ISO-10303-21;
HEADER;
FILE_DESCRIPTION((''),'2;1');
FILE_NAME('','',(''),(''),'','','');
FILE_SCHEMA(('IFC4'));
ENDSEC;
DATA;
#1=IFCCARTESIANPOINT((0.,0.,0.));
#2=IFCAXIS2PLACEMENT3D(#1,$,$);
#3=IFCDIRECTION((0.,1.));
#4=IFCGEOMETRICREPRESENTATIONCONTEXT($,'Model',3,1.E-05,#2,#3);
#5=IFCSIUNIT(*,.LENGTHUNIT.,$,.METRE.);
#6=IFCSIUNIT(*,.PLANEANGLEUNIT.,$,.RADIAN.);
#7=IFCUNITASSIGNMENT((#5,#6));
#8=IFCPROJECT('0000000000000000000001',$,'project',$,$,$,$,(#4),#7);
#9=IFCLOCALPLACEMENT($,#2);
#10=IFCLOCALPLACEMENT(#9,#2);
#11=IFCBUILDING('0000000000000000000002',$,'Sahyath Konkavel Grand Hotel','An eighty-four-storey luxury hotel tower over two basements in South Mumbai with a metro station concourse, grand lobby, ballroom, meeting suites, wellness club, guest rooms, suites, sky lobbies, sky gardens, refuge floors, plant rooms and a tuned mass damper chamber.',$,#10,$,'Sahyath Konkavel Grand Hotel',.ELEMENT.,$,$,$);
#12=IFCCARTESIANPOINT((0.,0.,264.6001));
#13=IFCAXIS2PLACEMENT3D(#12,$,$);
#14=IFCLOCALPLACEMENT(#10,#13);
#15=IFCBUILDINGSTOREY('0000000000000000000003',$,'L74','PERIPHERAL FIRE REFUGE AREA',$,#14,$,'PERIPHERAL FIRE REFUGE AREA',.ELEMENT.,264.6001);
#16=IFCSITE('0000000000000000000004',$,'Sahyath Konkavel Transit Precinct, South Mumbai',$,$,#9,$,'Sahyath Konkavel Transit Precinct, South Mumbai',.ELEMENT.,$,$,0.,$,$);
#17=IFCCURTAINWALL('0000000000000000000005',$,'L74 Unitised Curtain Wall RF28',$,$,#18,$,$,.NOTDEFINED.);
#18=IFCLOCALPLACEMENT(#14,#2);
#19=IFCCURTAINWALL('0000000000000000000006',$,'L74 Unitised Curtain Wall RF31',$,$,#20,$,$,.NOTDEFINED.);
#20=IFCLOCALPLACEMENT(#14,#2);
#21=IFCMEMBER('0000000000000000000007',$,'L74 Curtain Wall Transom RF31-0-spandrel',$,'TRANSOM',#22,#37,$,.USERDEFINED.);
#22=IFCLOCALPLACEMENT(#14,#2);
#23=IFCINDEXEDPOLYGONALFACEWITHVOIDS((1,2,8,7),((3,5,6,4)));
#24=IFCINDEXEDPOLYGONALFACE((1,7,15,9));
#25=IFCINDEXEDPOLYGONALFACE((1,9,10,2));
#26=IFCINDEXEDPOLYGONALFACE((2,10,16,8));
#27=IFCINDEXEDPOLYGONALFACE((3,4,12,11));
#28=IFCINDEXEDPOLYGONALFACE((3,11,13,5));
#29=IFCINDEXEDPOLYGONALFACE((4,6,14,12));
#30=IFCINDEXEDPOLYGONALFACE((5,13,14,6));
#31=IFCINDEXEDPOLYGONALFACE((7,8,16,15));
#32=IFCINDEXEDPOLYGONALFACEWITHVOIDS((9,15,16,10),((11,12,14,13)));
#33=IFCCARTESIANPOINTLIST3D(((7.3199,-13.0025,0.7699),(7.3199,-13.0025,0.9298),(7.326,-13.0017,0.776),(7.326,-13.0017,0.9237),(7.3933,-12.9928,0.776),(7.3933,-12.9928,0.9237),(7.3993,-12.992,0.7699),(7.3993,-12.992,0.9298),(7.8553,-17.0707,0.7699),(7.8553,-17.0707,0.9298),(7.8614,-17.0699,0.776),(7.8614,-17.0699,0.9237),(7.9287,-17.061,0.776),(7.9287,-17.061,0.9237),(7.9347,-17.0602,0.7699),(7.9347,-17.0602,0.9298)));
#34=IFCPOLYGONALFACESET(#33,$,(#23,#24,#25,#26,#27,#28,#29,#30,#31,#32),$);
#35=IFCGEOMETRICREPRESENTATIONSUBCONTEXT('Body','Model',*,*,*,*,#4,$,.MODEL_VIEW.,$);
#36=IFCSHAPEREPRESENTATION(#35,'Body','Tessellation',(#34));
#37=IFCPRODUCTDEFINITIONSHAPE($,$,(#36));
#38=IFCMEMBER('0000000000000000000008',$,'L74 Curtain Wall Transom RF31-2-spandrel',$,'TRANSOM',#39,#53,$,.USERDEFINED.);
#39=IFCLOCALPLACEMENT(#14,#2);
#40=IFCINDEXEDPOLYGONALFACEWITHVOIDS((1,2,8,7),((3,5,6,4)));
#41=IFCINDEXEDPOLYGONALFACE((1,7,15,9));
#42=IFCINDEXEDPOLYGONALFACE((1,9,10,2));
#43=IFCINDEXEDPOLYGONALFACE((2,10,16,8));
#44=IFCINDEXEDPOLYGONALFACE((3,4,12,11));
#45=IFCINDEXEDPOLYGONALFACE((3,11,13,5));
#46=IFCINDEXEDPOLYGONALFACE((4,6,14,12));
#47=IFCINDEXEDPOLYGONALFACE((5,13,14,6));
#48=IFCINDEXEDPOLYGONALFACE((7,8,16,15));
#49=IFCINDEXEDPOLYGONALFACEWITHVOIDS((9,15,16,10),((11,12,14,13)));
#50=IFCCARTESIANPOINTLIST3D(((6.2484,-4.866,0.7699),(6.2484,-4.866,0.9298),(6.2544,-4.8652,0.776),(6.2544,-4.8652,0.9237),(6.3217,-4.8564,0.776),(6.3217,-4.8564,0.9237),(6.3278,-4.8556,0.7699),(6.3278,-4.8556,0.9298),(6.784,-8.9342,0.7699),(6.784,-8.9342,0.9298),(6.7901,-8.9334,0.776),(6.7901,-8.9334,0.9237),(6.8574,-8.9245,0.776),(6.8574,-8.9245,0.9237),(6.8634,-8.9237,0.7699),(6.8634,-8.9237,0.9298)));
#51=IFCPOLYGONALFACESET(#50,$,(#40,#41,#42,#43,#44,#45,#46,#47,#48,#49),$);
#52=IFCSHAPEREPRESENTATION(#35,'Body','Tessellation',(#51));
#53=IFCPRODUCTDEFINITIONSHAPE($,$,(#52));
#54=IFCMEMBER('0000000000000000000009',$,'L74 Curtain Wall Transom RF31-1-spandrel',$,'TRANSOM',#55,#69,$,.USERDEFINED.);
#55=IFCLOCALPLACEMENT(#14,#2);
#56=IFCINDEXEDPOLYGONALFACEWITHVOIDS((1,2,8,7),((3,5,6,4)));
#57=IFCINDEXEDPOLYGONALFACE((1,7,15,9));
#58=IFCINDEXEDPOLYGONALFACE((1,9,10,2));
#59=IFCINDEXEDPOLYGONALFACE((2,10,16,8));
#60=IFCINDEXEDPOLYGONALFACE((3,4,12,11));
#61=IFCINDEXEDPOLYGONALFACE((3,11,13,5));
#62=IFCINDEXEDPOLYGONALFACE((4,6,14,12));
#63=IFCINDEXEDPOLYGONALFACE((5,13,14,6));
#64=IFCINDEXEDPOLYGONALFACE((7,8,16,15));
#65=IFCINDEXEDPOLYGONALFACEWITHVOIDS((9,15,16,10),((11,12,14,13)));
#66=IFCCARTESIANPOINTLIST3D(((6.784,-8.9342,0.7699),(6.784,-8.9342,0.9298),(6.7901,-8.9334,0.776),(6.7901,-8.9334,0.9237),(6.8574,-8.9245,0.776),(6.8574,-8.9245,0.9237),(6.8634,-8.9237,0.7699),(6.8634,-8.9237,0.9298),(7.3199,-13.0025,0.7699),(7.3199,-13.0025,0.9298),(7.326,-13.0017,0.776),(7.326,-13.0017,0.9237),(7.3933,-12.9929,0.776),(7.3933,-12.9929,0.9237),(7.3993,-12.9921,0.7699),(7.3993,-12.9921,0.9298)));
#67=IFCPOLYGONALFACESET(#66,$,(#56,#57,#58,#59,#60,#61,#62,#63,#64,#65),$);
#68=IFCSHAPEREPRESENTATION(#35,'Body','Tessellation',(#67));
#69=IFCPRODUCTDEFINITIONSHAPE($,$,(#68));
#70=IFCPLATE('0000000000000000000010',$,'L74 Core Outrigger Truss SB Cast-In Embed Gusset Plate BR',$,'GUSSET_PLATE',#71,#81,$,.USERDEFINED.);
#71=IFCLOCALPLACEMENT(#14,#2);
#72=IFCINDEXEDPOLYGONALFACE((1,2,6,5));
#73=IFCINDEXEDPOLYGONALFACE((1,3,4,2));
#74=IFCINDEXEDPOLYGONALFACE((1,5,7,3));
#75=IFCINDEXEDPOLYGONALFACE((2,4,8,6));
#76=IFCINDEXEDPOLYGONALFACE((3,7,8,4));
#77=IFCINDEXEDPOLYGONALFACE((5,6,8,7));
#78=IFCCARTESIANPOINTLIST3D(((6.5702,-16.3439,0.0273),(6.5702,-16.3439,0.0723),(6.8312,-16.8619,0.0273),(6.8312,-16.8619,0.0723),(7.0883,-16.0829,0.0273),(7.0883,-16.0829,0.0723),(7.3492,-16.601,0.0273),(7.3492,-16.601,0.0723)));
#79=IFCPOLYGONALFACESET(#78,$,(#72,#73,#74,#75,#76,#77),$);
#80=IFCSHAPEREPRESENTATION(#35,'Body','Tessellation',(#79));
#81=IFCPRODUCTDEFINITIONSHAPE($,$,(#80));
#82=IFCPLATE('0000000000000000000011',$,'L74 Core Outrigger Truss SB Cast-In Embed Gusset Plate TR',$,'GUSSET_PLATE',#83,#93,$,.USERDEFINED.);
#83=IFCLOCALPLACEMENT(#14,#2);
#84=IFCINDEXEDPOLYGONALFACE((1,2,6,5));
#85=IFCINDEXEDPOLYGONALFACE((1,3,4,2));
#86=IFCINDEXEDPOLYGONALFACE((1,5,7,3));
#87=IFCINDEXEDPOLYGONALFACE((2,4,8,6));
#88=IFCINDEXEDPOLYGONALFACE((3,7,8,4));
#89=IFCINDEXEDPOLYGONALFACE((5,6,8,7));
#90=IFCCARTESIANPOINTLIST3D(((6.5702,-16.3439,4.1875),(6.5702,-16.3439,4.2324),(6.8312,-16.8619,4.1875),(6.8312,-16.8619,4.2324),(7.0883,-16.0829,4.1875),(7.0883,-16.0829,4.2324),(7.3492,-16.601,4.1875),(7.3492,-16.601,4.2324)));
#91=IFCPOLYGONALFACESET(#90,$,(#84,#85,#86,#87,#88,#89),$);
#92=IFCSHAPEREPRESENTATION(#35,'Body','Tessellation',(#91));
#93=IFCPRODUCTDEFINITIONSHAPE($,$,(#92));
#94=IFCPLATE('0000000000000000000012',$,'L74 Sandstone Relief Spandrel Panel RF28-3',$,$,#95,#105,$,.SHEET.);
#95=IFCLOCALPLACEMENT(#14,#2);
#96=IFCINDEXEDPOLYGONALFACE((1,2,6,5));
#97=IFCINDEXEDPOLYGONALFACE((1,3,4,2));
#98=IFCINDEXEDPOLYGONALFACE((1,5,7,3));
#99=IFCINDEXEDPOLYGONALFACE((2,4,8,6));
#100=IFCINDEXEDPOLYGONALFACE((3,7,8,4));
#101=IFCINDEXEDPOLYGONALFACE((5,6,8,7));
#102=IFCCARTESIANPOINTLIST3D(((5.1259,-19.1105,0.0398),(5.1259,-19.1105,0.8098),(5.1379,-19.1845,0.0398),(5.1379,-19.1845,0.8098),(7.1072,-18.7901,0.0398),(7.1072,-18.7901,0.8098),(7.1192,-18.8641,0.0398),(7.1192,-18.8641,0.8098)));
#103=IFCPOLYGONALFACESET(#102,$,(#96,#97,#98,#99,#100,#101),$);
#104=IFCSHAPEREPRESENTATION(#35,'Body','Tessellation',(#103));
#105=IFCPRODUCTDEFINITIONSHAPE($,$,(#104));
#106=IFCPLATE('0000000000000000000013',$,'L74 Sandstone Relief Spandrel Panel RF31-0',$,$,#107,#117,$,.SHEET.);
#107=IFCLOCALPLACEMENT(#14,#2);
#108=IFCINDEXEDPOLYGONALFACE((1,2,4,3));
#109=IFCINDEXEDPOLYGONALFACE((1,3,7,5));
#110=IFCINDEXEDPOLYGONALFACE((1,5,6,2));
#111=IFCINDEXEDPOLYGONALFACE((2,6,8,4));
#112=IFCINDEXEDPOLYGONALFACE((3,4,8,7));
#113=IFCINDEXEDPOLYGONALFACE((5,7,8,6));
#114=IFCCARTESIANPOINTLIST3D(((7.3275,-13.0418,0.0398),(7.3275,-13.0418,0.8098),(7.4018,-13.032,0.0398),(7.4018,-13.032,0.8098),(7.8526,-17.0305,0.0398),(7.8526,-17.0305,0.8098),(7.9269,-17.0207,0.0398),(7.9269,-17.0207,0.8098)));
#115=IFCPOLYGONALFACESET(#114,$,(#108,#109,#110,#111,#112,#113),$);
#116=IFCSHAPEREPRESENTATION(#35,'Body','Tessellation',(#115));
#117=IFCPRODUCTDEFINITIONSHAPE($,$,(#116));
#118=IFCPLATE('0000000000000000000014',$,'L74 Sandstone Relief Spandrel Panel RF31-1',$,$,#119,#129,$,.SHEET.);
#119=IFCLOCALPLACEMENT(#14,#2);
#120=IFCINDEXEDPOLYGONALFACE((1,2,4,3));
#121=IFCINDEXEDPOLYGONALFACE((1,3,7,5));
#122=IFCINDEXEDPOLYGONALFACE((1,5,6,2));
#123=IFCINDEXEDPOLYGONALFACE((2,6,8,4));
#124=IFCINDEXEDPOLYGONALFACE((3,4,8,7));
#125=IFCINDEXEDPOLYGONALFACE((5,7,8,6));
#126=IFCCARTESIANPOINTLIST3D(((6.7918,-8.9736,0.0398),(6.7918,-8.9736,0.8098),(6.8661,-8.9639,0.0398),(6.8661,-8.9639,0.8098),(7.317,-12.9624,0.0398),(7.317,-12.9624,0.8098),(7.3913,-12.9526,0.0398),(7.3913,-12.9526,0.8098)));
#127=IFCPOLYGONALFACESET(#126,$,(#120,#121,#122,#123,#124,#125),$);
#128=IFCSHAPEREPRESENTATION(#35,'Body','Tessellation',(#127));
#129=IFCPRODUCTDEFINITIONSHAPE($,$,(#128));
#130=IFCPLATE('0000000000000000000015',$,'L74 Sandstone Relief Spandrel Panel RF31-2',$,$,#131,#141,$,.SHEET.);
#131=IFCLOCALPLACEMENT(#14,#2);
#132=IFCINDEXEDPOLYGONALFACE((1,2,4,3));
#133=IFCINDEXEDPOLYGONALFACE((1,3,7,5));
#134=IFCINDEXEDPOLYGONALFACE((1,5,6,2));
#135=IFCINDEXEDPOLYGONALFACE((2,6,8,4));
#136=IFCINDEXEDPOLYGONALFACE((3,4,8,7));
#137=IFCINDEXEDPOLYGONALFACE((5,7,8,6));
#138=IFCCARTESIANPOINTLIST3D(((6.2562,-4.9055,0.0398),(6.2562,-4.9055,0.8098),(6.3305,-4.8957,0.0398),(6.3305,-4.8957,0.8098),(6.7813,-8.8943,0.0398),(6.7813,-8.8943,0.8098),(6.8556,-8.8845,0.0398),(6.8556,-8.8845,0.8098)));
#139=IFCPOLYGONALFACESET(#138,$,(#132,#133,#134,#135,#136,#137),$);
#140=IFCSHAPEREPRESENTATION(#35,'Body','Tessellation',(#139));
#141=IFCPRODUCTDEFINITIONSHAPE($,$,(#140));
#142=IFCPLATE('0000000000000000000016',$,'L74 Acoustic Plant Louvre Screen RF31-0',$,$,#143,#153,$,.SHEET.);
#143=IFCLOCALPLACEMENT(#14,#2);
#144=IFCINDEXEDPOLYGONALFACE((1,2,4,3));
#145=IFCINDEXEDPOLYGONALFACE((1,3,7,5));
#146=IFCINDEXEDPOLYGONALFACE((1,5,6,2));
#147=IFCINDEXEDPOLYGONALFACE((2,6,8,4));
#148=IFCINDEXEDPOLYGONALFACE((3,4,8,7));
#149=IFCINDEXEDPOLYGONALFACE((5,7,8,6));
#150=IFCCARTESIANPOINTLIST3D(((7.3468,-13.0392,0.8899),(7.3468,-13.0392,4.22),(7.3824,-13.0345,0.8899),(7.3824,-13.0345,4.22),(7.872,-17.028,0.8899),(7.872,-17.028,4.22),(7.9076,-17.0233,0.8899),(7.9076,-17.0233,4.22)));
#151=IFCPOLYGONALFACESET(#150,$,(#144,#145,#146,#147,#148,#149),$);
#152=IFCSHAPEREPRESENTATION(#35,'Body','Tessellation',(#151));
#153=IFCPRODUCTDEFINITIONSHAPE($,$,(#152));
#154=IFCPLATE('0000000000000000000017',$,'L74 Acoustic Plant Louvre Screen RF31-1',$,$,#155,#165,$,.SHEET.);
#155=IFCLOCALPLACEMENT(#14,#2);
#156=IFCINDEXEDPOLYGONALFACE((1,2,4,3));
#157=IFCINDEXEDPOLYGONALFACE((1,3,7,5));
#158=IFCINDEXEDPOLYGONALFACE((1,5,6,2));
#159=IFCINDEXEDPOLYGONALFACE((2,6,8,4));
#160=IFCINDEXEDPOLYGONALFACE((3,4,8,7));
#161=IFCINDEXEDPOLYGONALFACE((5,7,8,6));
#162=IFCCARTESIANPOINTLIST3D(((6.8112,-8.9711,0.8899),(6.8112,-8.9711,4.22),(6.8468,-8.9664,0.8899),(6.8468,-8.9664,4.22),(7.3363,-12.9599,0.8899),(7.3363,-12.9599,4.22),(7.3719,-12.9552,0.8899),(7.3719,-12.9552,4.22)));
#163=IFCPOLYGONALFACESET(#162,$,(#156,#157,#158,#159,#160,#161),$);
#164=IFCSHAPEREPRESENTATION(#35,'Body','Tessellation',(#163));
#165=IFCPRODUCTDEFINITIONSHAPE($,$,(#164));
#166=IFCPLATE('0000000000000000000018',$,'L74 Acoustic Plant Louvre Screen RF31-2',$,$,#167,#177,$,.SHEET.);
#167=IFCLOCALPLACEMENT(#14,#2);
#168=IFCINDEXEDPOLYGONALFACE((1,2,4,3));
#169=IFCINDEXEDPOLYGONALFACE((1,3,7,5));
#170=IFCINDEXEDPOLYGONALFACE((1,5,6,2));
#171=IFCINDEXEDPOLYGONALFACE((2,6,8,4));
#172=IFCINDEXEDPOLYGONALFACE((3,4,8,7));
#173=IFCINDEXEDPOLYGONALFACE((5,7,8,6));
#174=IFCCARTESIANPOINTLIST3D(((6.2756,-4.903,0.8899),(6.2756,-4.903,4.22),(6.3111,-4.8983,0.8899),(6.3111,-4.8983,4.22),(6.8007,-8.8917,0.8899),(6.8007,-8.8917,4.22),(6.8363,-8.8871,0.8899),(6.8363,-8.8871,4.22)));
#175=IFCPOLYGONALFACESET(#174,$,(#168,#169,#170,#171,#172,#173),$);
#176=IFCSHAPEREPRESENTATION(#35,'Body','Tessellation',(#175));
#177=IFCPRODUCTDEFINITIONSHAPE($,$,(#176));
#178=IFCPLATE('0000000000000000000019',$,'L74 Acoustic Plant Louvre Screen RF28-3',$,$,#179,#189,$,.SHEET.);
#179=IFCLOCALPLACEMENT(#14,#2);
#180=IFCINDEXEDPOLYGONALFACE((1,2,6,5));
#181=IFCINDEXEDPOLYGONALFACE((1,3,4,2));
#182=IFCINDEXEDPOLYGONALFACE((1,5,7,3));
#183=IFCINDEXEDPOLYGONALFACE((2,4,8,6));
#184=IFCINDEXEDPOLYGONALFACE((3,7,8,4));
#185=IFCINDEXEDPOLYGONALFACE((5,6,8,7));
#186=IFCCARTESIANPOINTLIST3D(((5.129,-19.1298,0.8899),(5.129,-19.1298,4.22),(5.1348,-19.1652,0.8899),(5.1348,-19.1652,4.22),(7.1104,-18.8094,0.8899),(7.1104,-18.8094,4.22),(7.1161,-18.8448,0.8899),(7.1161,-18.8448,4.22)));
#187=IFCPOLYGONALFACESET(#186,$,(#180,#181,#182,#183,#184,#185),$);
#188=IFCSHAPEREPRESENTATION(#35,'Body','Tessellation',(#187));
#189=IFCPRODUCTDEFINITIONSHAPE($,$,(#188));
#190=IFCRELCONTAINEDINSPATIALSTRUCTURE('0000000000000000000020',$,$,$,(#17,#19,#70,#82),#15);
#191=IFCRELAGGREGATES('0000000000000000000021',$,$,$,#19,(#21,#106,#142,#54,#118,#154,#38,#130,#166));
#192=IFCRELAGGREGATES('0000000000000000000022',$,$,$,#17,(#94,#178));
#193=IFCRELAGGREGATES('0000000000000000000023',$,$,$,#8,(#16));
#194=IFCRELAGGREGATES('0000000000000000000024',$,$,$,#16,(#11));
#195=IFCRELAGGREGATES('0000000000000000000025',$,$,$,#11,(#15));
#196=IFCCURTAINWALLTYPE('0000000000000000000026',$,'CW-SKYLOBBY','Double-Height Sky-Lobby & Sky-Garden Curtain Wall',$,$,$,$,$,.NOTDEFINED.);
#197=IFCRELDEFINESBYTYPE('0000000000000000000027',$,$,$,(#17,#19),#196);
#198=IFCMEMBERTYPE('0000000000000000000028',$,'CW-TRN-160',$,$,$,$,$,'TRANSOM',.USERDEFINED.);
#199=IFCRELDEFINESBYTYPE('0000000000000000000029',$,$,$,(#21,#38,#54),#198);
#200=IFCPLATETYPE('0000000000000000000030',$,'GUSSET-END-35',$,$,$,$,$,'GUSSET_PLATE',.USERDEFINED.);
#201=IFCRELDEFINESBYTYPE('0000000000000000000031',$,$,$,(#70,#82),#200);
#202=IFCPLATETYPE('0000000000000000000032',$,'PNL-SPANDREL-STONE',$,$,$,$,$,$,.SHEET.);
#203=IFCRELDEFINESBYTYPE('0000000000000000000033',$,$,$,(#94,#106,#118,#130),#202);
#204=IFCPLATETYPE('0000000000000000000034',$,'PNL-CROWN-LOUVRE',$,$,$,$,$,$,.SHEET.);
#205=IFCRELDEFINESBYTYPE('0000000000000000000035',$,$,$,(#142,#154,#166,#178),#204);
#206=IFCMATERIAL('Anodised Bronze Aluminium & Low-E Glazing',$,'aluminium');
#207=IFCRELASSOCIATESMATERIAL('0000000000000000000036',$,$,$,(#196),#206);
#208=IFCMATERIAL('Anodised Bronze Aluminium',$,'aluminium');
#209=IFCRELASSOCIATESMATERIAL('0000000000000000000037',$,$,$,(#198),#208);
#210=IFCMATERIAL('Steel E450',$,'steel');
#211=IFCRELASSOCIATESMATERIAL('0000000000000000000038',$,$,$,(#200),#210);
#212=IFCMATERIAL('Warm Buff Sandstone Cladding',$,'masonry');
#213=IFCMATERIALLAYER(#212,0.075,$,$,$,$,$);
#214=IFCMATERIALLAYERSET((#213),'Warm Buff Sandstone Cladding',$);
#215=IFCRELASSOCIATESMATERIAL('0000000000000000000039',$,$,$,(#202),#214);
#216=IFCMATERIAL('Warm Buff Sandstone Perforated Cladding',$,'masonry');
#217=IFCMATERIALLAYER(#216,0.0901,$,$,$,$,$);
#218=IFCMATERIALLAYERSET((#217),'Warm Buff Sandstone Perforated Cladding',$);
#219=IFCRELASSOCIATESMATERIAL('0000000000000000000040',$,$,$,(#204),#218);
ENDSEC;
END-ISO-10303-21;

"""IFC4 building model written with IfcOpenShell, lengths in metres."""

from ifc_helpers import new_model, si_unit, direction, frame, origin, origin_2d, place, context, subcontext, project, spatial, rectangle, hollow_rectangle, extrude, source, transform, mapped, material, layer, layer_set, material_profile, profile_set, type_object, element, aggregate, save


model = new_model("IFC4")

# Units and contexts
model_context = context("Model", 3, precision=1e-05, world=origin(), true_north=direction((0.0, 1.0)))
body_context = subcontext(model_context, "Body", "Model", "MODEL_VIEW")
ifc_project = project(units=[si_unit("LENGTHUNIT", "METRE"), si_unit("PLANEANGLEUNIT", "RADIAN")], contexts=[model_context])

# Site, building, storey
site_placement = place(None, origin())
site = spatial("IfcSite", under=ifc_project, at=site_placement, Name="Sahyath Konkavel Transit Precinct, South Mumbai", LongName="Sahyath Konkavel Transit Precinct, South Mumbai", CompositionType="ELEMENT", RefElevation=0.0)
building_placement = place(site_placement, origin())
building = spatial("IfcBuilding", under=site, at=building_placement, Name="Sahyath Konkavel Grand Hotel", Description="An eighty-four-storey luxury hotel tower over two basements in South Mumbai with a metro station concourse, grand lobby, ballroom, meeting suites, wellness club, guest rooms, suites, sky lobbies, sky gardens, refuge floors, plant rooms and a tuned mass damper chamber.", LongName="Sahyath Konkavel Grand Hotel", CompositionType="ELEMENT")
storey_placement = place(building_placement, frame((0.0, 0.0, 264.6001)))
storey = spatial("IfcBuildingStorey", under=building, at=storey_placement, Name="L74", Description="PERIPHERAL FIRE REFUGE AREA", LongName="PERIPHERAL FIRE REFUGE AREA", CompositionType="ELEMENT", Elevation=264.6001)

# Shared definitions
ifc_material_1 = material(Name="Steel E450", Category="steel")

# Curtain wall
ifc_material_2 = material(Name="Anodised Bronze Aluminium & Low-E Glazing", Category="aluminium")
curtain_wall_type = type_object("IfcCurtainWallType", Name="CW-SKYLOBBY", Description="Double-Height Sky-Lobby & Sky-Garden Curtain Wall", PredefinedType="NOTDEFINED", material=ifc_material_2)
curtain_wall_1_placement = place(storey_placement, origin())
curtain_wall_1 = element("IfcCurtainWall", 1, at=curtain_wall_1_placement, inside=storey, type_object=curtain_wall_type, Name="L74 Unitised Curtain Wall RF28", PredefinedType="NOTDEFINED")
ifc_material_3 = material(Name="Anodised Bronze Aluminium", Category="aluminium")

# Curtain wall, members
curtain_wall_2_placement = place(storey_placement, origin())
curtain_wall_2 = element("IfcCurtainWall", 2, at=curtain_wall_2_placement, inside=storey, type_object=curtain_wall_type, Name="L74 Unitised Curtain Wall RF31", PredefinedType="NOTDEFINED")
ifc_material_profile_1 = material_profile(ifc_material_3, hollow_rectangle(XDim=0.0801, YDim=0.1599, WallThickness=0.0061, at=origin_2d()), Name="RHS 160x80x6")
ifc_profile_set_1 = profile_set([ifc_material_profile_1], Name="Anodised Bronze Aluminium")
member_type_1 = type_object("IfcMemberType", Name="CW-TRN-160", ElementType="TRANSOM", PredefinedType="USERDEFINED", material=ifc_profile_set_1)
shared_shape_1 = source(origin(), body_context, "Body", "SweptSolid", [
    extrude(hollow_rectangle(XDim=0.0801, YDim=0.1599, WallThickness=0.0061, at=origin_2d()), origin(), (0.0, 0.0, 1.0), 4.1033),
])
member_1_placement = place(storey_placement, frame((7.895, -17.0654, 0.8499), z_axis=(-0.130484, 0.99145, 0.0), x_axis=(-0.99145, -0.130484, 0.0)))
member_1 = element("IfcMember", 3, at=member_1_placement, type_object=member_type_1, Name="L74 Curtain Wall Transom RF31-0-spandrel", ObjectType="TRANSOM", PredefinedType="USERDEFINED", context=body_context, shape_type="MappedRepresentation", body=[
    mapped(shared_shape_1, transform((0.0, 0.0, 0.0), scale=1.0)),
])
member_2_placement = place(storey_placement, frame((6.8237, -8.929, 0.8499), z_axis=(-0.130542, 0.991443, 0.0), x_axis=(-0.991443, -0.130542, 0.0)))
member_2 = element("IfcMember", 4, at=member_2_placement, type_object=member_type_1, Name="L74 Curtain Wall Transom RF31-2-spandrel", ObjectType="TRANSOM", PredefinedType="USERDEFINED", context=body_context, shape_type="MappedRepresentation", body=[
    mapped(shared_shape_1, transform((0.0, 0.0, 0.0), scale=1.0)),
])
shared_shape_2 = source(origin(), body_context, "Body", "SweptSolid", [
    extrude(hollow_rectangle(XDim=0.0801, YDim=0.1599, WallThickness=0.0061, at=origin_2d()), origin(), (0.0, 0.0, 1.0), 4.1035),
])
member_3_placement = place(storey_placement, frame((7.3596, -12.9973, 0.8499), z_axis=(-0.130593, 0.991436, 0.0), x_axis=(-0.991436, -0.130593, 0.0)))
member_3 = element("IfcMember", 5, at=member_3_placement, type_object=member_type_1, Name="L74 Curtain Wall Transom RF31-1-spandrel", ObjectType="TRANSOM", PredefinedType="USERDEFINED", context=body_context, shape_type="MappedRepresentation", body=[
    mapped(shared_shape_2, transform((0.0, 0.0, 0.0), scale=1.0)),
])

# Plates
plate_type_1 = type_object("IfcPlateType", Name="GUSSET-END-35", ElementType="GUSSET_PLATE", PredefinedType="USERDEFINED", material=ifc_material_1)
shared_shape_3 = source(origin(), body_context, "Body", "SweptSolid", [
    extrude(rectangle(XDim=0.5801, YDim=0.5801, at=origin_2d()), origin(), (0.0, 0.0, 1.0), 0.0449),
])
for number, where, z_axis, x_axis, name in (
    (6, (6.9597, -16.4724, 0.0273), (0.0, 0.0, 1.0), (0.449865, -0.893097, 0.0), "L74 Core Outrigger Truss SB Cast-In Embed Gusset Plate BR"),
    (7, (6.9597, -16.4724, 4.1875), (0.0, 0.0, 1.0), (0.449865, -0.893097, 0.0), "L74 Core Outrigger Truss SB Cast-In Embed Gusset Plate TR"),
):
    element("IfcPlate", number, at=place(storey_placement, frame(where, z_axis=z_axis, x_axis=x_axis)), inside=storey, type_object=plate_type_1, Name=name, ObjectType="GUSSET_PLATE", PredefinedType="USERDEFINED", context=body_context, shape_type="MappedRepresentation", body=[
        mapped(shared_shape_3, transform((0.0, 0.0, 0.0), scale=1.0)),
    ])

# Plates
ifc_material_4 = material(Name="Warm Buff Sandstone Cladding", Category="masonry")
ifc_layer_1 = layer(ifc_material_4, 0.075)
ifc_layer_set_1 = layer_set([ifc_layer_1], Name="Warm Buff Sandstone Cladding")
plate_type_2 = type_object("IfcPlateType", Name="PNL-SPANDREL-STONE", PredefinedType="SHEET", material=ifc_layer_set_1)
shared_shape_4 = source(origin(), body_context, "Body", "SweptSolid", [
    extrude(rectangle(XDim=2.0071, YDim=0.075, at=origin_2d()), origin(), (0.0, 0.0, 1.0), 0.77),
])
plate_1_placement = place(storey_placement, frame((6.1226, -18.9873, 0.0398), z_axis=(0.0, 0.0, 1.0), x_axis=(0.987178, 0.159623, 0.0)))
plate_1 = element("IfcPlate", 8, at=plate_1_placement, type_object=plate_type_2, Name="L74 Sandstone Relief Spandrel Panel RF28-3", PredefinedType="SHEET", context=body_context, shape_type="MappedRepresentation", body=[
    mapped(shared_shape_4, transform((0.0, 0.0, 0.0), scale=1.0)),
])
shared_shape_5 = source(origin(), body_context, "Body", "SweptSolid", [
    extrude(rectangle(XDim=4.0232, YDim=0.075, at=origin_2d()), origin(), (0.0, 0.0, 1.0), 0.77),
])
plate_2_placement = place(storey_placement, frame((7.6272, -15.0312, 0.0398), z_axis=(0.0, 0.0, 1.0), x_axis=(-0.130526, 0.991445, 0.0)))
plate_2 = element("IfcPlate", 9, at=plate_2_placement, type_object=plate_type_2, Name="L74 Sandstone Relief Spandrel Panel RF31-0", PredefinedType="SHEET", context=body_context, shape_type="MappedRepresentation", body=[
    mapped(shared_shape_5, transform((0.0, 0.0, 0.0), scale=1.0)),
])
plate_3_placement = place(storey_placement, frame((7.0916, -10.9631, 0.0398), z_axis=(0.0, 0.0, 1.0), x_axis=(-0.130526, 0.991445, 0.0)))
plate_3 = element("IfcPlate", 10, at=plate_3_placement, type_object=plate_type_2, Name="L74 Sandstone Relief Spandrel Panel RF31-1", PredefinedType="SHEET", context=body_context, shape_type="MappedRepresentation", body=[
    mapped(shared_shape_5, transform((0.0, 0.0, 0.0), scale=1.0)),
])
plate_4_placement = place(storey_placement, frame((6.5559, -6.895, 0.0398), z_axis=(0.0, 0.0, 1.0), x_axis=(-0.130526, 0.991445, 0.0)))
plate_4 = element("IfcPlate", 11, at=plate_4_placement, type_object=plate_type_2, Name="L74 Sandstone Relief Spandrel Panel RF31-2", PredefinedType="SHEET", context=body_context, shape_type="MappedRepresentation", body=[
    mapped(shared_shape_5, transform((0.0, 0.0, 0.0), scale=1.0)),
])
ifc_material_5 = material(Name="Warm Buff Sandstone Perforated Cladding", Category="masonry")
ifc_layer_2 = layer(ifc_material_5, 0.0901)
ifc_layer_set_2 = layer_set([ifc_layer_2], Name="Warm Buff Sandstone Perforated Cladding")
plate_type_3 = type_object("IfcPlateType", Name="PNL-CROWN-LOUVRE", PredefinedType="SHEET", material=ifc_layer_set_2)
shared_shape_6 = source(origin(), body_context, "Body", "SweptSolid", [
    extrude(rectangle(XDim=4.0232, YDim=0.0359, at=origin_2d()), origin(), (0.0, 0.0, 1.0), 3.3301),
])
plate_5_placement = place(storey_placement, frame((7.6272, -15.0312, 0.8899), z_axis=(0.0, 0.0, 1.0), x_axis=(-0.130526, 0.991445, 0.0)))
plate_5 = element("IfcPlate", 12, at=plate_5_placement, type_object=plate_type_3, Name="L74 Acoustic Plant Louvre Screen RF31-0", PredefinedType="SHEET", context=body_context, shape_type="MappedRepresentation", body=[
    mapped(shared_shape_6, transform((0.0, 0.0, 0.0), scale=1.0)),
])
plate_6_placement = place(storey_placement, frame((7.0916, -10.9631, 0.8899), z_axis=(0.0, 0.0, 1.0), x_axis=(-0.130526, 0.991445, 0.0)))
plate_6 = element("IfcPlate", 13, at=plate_6_placement, type_object=plate_type_3, Name="L74 Acoustic Plant Louvre Screen RF31-1", PredefinedType="SHEET", context=body_context, shape_type="MappedRepresentation", body=[
    mapped(shared_shape_6, transform((0.0, 0.0, 0.0), scale=1.0)),
])
plate_7_placement = place(storey_placement, frame((6.5559, -6.895, 0.8899), z_axis=(0.0, 0.0, 1.0), x_axis=(-0.130526, 0.991445, 0.0)))
plate_7 = element("IfcPlate", 14, at=plate_7_placement, type_object=plate_type_3, Name="L74 Acoustic Plant Louvre Screen RF31-2", PredefinedType="SHEET", context=body_context, shape_type="MappedRepresentation", body=[
    mapped(shared_shape_6, transform((0.0, 0.0, 0.0), scale=1.0)),
])
aggregate(curtain_wall_2, [member_1, plate_2, plate_5, member_3, plate_3, plate_6, member_2, plate_4, plate_7])
shared_shape_7 = source(origin(), body_context, "Body", "SweptSolid", [
    extrude(rectangle(XDim=2.0071, YDim=0.0359, at=origin_2d()), origin(), (0.0, 0.0, 1.0), 3.3301),
])
plate_8_placement = place(storey_placement, frame((6.1226, -18.9873, 0.8899), z_axis=(0.0, 0.0, 1.0), x_axis=(0.987178, 0.159623, 0.0)))
plate_8 = element("IfcPlate", 15, at=plate_8_placement, type_object=plate_type_3, Name="L74 Acoustic Plant Louvre Screen RF28-3", PredefinedType="SHEET", context=body_context, shape_type="MappedRepresentation", body=[
    mapped(shared_shape_7, transform((0.0, 0.0, 0.0), scale=1.0)),
])
aggregate(curtain_wall_1, [plate_1, plate_8])

save(model, "model.ifc")
